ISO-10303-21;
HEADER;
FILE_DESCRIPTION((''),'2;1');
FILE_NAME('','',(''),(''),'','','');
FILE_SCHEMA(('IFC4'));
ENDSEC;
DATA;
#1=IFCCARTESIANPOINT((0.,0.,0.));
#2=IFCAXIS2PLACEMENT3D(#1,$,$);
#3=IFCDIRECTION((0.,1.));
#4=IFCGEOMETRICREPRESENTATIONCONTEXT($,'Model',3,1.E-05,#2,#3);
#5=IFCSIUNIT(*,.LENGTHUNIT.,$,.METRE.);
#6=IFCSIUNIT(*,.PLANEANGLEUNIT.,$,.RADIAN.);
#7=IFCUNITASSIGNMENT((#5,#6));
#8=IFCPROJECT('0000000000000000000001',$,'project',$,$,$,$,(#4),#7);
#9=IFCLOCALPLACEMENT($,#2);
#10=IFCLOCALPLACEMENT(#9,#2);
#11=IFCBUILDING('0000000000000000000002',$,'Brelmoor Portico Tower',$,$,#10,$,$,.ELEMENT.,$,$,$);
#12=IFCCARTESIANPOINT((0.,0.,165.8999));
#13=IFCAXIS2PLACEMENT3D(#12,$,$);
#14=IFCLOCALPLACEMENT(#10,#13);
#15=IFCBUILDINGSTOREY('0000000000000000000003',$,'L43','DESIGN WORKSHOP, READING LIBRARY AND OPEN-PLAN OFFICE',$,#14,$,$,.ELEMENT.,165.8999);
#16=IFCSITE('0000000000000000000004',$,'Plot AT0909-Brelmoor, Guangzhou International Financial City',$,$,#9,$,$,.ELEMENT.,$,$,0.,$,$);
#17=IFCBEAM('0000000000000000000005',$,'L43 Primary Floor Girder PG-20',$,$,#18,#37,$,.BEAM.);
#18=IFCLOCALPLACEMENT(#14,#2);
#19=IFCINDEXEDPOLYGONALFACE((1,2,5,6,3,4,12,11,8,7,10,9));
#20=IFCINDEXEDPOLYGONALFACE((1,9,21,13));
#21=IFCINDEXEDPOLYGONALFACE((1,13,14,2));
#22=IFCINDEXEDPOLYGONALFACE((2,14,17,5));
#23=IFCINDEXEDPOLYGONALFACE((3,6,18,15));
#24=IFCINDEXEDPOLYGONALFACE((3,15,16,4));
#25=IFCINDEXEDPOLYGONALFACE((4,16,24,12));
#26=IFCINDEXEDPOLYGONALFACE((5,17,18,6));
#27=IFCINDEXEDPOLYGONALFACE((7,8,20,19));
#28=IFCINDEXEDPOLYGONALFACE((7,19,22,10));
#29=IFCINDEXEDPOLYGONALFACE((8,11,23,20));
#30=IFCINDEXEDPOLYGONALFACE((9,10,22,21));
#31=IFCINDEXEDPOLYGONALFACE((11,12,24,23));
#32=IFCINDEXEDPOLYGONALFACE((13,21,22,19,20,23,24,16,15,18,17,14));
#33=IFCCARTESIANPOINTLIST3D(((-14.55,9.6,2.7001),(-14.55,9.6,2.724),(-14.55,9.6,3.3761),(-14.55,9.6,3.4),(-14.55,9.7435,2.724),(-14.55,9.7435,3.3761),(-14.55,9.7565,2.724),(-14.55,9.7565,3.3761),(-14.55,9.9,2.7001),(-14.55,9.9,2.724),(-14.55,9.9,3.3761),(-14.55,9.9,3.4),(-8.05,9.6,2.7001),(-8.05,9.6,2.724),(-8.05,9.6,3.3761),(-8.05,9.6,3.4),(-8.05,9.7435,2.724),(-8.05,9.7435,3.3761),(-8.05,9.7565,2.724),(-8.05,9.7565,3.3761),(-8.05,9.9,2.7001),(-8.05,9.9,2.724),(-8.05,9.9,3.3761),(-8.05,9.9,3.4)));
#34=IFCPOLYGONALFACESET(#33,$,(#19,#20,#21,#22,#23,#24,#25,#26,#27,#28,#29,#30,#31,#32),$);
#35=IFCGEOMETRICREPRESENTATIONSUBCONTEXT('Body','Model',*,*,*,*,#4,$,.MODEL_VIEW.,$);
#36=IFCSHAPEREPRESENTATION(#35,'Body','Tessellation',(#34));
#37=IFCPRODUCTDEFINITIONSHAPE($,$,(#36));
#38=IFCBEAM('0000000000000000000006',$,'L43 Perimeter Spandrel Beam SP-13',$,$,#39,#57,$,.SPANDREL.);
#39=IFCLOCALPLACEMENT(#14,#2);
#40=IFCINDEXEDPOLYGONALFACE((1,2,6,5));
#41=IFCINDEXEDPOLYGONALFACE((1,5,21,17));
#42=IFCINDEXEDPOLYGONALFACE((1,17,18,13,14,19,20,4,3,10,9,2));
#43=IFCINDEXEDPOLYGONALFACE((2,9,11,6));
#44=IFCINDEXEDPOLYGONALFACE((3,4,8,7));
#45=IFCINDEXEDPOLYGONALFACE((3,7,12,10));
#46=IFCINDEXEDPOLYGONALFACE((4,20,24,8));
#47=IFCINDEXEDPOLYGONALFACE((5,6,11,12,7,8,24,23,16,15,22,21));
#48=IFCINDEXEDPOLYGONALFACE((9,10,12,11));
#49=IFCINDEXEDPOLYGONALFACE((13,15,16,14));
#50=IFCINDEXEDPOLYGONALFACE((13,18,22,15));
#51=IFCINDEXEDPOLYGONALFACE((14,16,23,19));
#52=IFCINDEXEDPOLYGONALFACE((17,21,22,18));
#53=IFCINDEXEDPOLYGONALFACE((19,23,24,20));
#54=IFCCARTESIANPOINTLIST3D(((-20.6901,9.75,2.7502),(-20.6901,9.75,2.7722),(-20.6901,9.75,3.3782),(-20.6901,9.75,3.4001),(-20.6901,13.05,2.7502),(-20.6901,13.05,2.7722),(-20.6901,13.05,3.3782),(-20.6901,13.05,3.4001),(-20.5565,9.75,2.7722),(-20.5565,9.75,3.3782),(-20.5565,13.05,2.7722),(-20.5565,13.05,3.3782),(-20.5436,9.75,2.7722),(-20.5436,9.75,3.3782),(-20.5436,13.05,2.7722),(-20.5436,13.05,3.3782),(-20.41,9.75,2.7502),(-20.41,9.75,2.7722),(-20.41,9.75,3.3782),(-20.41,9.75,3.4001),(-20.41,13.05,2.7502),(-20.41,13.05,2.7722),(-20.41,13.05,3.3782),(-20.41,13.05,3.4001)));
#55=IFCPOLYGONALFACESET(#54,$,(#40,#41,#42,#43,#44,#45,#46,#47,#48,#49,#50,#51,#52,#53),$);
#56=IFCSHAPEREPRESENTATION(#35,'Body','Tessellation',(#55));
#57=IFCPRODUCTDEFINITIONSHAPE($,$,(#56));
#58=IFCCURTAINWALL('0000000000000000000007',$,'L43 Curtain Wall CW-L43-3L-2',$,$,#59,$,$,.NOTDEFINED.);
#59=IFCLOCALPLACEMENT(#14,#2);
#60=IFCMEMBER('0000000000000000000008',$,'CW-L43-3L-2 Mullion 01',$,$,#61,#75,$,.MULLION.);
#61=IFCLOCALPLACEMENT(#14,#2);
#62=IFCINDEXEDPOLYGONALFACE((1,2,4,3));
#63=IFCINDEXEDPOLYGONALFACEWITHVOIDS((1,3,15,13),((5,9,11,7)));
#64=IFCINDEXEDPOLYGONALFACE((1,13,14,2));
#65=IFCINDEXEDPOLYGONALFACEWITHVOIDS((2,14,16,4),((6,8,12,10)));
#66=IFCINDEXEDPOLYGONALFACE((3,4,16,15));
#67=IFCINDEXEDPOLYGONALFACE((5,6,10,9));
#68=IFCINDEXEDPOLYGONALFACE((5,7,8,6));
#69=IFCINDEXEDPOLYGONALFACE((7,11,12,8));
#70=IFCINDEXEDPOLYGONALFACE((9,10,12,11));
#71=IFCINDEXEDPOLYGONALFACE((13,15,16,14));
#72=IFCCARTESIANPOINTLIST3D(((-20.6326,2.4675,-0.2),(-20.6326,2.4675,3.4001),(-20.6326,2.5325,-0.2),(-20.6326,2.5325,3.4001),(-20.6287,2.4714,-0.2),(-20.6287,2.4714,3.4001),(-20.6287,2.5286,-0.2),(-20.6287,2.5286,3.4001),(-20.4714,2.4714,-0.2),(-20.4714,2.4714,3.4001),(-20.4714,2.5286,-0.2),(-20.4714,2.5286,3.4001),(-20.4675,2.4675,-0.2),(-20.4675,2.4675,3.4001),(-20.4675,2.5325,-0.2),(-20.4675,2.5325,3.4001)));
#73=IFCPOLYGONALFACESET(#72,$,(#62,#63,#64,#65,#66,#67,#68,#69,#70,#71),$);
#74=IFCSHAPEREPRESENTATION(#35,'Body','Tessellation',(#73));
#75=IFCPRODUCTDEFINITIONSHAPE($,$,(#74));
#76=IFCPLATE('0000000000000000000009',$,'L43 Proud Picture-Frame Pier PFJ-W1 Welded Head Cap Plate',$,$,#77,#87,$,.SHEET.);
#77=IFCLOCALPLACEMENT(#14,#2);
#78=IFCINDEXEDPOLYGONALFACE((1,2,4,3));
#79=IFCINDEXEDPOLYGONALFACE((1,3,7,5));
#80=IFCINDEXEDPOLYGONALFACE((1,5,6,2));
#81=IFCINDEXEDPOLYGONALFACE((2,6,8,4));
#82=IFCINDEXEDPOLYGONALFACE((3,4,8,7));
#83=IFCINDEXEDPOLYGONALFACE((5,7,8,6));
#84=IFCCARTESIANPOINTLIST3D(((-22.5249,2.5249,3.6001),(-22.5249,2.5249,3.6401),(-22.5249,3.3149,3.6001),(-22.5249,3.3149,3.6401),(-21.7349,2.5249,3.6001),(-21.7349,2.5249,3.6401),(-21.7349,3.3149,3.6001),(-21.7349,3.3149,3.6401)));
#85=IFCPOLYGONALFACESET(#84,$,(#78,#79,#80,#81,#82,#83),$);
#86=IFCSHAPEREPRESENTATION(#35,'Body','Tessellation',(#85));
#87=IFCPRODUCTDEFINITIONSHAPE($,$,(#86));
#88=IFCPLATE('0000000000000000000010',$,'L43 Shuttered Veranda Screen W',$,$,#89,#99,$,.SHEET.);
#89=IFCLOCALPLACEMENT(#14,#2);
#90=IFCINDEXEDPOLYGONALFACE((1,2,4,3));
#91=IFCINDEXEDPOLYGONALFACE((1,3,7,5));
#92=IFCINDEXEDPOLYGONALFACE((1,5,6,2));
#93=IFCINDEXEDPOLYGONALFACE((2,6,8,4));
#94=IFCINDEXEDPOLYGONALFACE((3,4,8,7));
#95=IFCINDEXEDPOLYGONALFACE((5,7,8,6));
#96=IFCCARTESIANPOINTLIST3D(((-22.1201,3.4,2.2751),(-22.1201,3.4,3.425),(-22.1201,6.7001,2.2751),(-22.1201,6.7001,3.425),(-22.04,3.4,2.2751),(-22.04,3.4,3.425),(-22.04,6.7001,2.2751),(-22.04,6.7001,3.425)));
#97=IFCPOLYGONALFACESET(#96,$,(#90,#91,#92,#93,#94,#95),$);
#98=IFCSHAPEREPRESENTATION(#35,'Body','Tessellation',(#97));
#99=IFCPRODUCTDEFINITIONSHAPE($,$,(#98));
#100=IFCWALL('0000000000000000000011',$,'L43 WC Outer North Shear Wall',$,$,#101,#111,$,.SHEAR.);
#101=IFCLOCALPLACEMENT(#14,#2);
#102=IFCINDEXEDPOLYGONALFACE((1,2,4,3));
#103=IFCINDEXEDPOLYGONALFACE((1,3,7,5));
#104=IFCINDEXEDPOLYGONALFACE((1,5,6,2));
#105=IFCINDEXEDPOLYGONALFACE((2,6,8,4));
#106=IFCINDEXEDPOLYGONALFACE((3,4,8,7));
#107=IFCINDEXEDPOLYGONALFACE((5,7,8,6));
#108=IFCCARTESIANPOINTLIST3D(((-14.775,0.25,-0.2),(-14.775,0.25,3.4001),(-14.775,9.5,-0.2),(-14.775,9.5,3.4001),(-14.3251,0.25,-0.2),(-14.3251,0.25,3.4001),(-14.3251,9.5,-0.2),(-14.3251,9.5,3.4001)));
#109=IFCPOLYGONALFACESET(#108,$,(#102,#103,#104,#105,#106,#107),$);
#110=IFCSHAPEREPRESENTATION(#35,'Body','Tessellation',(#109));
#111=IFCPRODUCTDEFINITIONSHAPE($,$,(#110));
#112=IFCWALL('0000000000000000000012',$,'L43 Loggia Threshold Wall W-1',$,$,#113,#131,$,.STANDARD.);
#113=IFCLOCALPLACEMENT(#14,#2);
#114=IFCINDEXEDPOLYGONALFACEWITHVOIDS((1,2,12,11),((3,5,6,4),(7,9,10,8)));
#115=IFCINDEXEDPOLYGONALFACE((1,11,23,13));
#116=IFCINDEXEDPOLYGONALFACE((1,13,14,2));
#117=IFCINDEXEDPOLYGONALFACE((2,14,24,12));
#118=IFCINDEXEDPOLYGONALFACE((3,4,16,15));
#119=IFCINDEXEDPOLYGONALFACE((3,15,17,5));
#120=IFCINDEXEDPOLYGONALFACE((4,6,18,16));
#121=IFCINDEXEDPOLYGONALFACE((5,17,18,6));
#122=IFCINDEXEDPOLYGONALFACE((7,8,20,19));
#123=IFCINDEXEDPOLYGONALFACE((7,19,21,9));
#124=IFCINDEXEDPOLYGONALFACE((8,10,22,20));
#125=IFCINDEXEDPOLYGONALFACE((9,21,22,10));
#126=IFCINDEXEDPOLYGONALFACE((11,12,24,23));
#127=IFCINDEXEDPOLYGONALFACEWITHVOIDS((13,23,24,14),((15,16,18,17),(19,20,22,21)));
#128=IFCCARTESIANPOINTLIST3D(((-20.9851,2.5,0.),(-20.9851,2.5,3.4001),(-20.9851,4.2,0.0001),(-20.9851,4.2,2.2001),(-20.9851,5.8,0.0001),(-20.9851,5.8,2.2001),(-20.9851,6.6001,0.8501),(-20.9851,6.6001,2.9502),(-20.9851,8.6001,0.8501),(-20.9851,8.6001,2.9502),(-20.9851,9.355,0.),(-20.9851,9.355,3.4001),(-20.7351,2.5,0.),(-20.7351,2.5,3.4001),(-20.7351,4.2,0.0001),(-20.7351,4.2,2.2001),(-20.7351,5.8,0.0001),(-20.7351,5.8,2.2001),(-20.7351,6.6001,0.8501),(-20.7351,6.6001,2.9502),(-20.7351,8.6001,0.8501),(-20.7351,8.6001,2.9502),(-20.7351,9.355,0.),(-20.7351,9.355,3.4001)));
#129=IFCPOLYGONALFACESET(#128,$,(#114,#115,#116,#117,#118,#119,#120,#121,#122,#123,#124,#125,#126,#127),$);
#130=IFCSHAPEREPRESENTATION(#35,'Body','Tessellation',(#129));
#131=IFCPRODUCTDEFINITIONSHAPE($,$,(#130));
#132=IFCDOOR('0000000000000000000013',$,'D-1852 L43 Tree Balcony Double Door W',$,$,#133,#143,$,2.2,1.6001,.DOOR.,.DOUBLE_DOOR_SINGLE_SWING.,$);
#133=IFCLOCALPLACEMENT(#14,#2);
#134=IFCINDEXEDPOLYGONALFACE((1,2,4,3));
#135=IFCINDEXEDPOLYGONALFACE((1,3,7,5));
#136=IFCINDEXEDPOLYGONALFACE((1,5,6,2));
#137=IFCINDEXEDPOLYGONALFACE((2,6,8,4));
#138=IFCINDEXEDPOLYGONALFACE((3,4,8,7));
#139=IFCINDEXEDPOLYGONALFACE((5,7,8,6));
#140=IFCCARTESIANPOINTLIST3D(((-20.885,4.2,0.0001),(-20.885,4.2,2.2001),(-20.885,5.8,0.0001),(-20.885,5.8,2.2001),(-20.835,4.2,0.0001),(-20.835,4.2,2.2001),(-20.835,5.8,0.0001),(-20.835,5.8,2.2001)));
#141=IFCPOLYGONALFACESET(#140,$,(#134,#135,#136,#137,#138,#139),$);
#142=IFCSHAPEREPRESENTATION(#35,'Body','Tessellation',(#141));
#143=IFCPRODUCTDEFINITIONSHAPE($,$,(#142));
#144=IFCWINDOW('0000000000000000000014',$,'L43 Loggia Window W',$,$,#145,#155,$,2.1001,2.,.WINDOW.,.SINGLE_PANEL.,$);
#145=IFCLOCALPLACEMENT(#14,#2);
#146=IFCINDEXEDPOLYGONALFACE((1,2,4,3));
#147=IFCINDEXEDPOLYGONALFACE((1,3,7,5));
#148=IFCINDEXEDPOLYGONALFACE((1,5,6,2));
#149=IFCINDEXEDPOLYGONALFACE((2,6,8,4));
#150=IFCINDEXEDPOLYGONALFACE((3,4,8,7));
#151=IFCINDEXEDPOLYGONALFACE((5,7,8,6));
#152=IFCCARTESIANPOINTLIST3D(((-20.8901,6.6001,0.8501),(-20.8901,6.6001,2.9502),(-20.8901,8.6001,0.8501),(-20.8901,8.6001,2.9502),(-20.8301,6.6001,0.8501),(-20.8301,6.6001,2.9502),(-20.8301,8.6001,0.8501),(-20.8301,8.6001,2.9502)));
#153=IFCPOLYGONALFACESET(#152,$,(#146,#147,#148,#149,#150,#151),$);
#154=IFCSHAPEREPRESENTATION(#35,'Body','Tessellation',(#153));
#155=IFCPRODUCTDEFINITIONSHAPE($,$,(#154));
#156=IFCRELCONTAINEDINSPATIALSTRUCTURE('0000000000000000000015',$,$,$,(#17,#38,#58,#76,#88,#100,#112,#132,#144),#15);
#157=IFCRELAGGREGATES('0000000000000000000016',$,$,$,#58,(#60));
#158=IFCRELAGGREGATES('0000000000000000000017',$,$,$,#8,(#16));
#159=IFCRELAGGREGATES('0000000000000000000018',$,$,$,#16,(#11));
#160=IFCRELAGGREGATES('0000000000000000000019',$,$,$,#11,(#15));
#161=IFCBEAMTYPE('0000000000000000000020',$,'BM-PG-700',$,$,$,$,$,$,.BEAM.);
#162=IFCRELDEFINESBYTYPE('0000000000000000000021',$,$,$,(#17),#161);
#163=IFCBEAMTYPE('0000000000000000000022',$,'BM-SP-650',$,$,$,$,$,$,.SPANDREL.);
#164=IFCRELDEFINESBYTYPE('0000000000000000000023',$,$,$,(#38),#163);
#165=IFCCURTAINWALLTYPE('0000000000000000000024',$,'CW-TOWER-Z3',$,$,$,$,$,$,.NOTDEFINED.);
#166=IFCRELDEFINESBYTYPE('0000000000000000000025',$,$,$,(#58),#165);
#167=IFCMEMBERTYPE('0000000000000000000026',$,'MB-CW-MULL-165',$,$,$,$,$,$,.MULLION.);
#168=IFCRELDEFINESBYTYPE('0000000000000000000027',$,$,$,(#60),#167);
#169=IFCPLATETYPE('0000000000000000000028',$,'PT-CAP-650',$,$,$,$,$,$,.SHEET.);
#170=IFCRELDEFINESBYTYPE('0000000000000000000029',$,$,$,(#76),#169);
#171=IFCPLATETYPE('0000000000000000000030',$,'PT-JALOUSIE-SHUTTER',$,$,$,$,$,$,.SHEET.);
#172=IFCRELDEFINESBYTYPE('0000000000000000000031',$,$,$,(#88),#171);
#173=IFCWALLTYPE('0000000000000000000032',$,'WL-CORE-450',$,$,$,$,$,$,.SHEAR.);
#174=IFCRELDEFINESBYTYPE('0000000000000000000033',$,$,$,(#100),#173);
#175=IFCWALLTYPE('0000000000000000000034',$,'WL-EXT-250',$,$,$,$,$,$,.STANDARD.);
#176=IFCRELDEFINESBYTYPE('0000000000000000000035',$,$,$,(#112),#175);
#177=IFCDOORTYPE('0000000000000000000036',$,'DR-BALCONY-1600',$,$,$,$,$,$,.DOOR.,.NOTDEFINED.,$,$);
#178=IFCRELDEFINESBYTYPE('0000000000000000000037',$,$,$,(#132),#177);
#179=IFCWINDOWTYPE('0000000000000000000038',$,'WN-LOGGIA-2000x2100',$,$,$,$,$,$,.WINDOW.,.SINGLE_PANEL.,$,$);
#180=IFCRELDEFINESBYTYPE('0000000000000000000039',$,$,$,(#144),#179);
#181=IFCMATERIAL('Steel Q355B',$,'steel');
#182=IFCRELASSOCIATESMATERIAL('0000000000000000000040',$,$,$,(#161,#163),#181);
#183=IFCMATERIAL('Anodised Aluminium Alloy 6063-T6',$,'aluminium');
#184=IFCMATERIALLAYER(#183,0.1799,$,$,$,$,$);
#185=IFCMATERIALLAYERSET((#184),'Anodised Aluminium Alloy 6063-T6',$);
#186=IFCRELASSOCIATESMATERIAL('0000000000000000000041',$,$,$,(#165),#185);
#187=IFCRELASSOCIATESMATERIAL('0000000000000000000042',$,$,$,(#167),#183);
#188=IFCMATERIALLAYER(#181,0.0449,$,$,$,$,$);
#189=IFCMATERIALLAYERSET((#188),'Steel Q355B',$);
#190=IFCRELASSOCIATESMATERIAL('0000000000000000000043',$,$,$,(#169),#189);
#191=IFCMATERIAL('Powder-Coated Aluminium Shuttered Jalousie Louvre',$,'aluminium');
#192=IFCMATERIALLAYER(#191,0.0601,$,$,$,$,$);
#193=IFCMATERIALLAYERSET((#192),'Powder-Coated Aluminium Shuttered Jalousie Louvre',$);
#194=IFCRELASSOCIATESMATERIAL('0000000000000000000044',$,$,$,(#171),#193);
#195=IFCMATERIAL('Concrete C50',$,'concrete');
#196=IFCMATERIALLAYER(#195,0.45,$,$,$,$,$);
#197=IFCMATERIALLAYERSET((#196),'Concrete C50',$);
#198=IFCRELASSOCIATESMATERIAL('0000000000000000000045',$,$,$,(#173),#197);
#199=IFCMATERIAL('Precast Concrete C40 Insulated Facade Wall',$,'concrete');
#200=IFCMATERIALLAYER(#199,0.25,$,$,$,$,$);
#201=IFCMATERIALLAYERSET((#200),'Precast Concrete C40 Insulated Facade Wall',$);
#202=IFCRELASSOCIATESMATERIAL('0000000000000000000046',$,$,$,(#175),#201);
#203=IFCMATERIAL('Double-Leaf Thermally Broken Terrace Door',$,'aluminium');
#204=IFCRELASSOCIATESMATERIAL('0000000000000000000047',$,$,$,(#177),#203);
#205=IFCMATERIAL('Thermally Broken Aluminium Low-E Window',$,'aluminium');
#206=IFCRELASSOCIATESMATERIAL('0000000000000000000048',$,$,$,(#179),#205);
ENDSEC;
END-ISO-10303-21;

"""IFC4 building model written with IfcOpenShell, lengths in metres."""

from ifc_helpers import new_model, si_unit, direction, frame, frame_2d, origin, origin_2d, place, context, subcontext, project, spatial, rectangle, hollow_rectangle, i_section, extrude, material, layer, layer_set, material_profile, profile_set, type_object, element, fill, aggregate, save


model = new_model("IFC4")

# Units and contexts
model_context = context("Model", 3, precision=1e-05, world=origin(), true_north=direction((0.0, 1.0)))
body_context = subcontext(model_context, "Body", "Model", "MODEL_VIEW")
ifc_project = project(units=[si_unit("LENGTHUNIT", "METRE"), si_unit("PLANEANGLEUNIT", "RADIAN")], contexts=[model_context])

# Site, building, storey
site_placement = place(None, origin())
site = spatial("IfcSite", under=ifc_project, at=site_placement, Name="Plot AT0909-Brelmoor, Guangzhou International Financial City", CompositionType="ELEMENT", RefElevation=0.0)
building_placement = place(site_placement, origin())
building = spatial("IfcBuilding", under=site, at=building_placement, Name="Brelmoor Portico Tower", CompositionType="ELEMENT")
storey_placement = place(building_placement, frame((0.0, 0.0, 165.8999)))
storey = spatial("IfcBuildingStorey", under=building, at=storey_placement, Name="L43", Description="DESIGN WORKSHOP, READING LIBRARY AND OPEN-PLAN OFFICE", CompositionType="ELEMENT", Elevation=165.8999)

# Shared definitions
ifc_material_1 = material(Name="Steel Q355B", Category="steel")

# Beams
ifc_material_profile_1 = material_profile(ifc_material_1, i_section(OverallWidth=0.3, OverallDepth=0.7, WebThickness=0.0129, FlangeThickness=0.0239, at=origin_2d()), Name="HN 700x300x13x24")
ifc_profile_set_1 = profile_set([ifc_material_profile_1], Name="Steel Q355B")
beam_type_1 = type_object("IfcBeamType", Name="BM-PG-700", PredefinedType="BEAM", material=ifc_profile_set_1)
beam_1_placement = place(storey_placement, frame((-14.55, 9.75, 3.05), z_axis=(1.0, 0.0, 0.0), x_axis=(0.0, 1.0, 0.0)))
element("IfcBeam", 1, at=beam_1_placement, inside=storey, type_object=beam_type_1, Name="L43 Primary Floor Girder PG-20", PredefinedType="BEAM", context=body_context, shape_type="SweptSolid", body=[
    extrude(i_section(OverallWidth=0.3, OverallDepth=0.7, WebThickness=0.0129, FlangeThickness=0.0239, at=origin_2d()), origin(), (0.0, 0.0, 1.0), 6.5),
])
ifc_material_profile_2 = material_profile(ifc_material_1, i_section(OverallWidth=0.28, OverallDepth=0.6499, WebThickness=0.0129, FlangeThickness=0.022, at=origin_2d()), Name="HN 650x280x13x22")
ifc_profile_set_2 = profile_set([ifc_material_profile_2], Name="Steel Q355B")
beam_type_2 = type_object("IfcBeamType", Name="BM-SP-650", PredefinedType="SPANDREL", material=ifc_profile_set_2)
beam_2_placement = place(storey_placement, frame((-20.55, 9.75, 3.0752), z_axis=(0.0, 1.0, 0.0), x_axis=(-1.0, 0.0, 0.0)))
element("IfcBeam", 2, at=beam_2_placement, inside=storey, type_object=beam_type_2, Name="L43 Perimeter Spandrel Beam SP-13", PredefinedType="SPANDREL", context=body_context, shape_type="SweptSolid", body=[
    extrude(i_section(OverallWidth=0.28, OverallDepth=0.6499, WebThickness=0.0129, FlangeThickness=0.022, at=origin_2d()), origin(), (0.0, 0.0, 1.0), 3.3),
])

# Curtain wall, member
ifc_material_2 = material(Name="Anodised Aluminium Alloy 6063-T6", Category="aluminium")
ifc_layer_1 = layer(ifc_material_2, 0.1799)
ifc_layer_set_1 = layer_set([ifc_layer_1], Name="Anodised Aluminium Alloy 6063-T6")
curtain_wall_type = type_object("IfcCurtainWallType", Name="CW-TOWER-Z3", PredefinedType="NOTDEFINED", material=ifc_layer_set_1)
curtain_wall_placement = place(storey_placement, origin())
curtain_wall = element("IfcCurtainWall", 3, at=curtain_wall_placement, inside=storey, type_object=curtain_wall_type, Name="L43 Curtain Wall CW-L43-3L-2", PredefinedType="NOTDEFINED")
ifc_material_profile_3 = material_profile(ifc_material_2, hollow_rectangle(XDim=0.0649, YDim=0.165, WallThickness=0.0039, at=origin_2d()), Name="ALU MULLION 65x165")
ifc_profile_set_3 = profile_set([ifc_material_profile_3], Name="Anodised Aluminium Alloy 6063-T6")
member_type = type_object("IfcMemberType", Name="MB-CW-MULL-165", PredefinedType="MULLION", material=ifc_profile_set_3)
member_placement = place(storey_placement, frame((-20.55, 2.5, -0.2), z_axis=(0.0, 0.0, 1.0), x_axis=(0.0, 1.0, 0.0)))
member = element("IfcMember", 4, at=member_placement, type_object=member_type, Name="CW-L43-3L-2 Mullion 01", PredefinedType="MULLION", context=body_context, shape_type="SweptSolid", body=[
    extrude(hollow_rectangle(XDim=0.0649, YDim=0.165, WallThickness=0.0039, at=origin_2d()), origin(), (0.0, 0.0, 1.0), 3.6001),
])
aggregate(curtain_wall, [member])

# Plates
ifc_layer_2 = layer(ifc_material_1, 0.0449)
ifc_layer_set_2 = layer_set([ifc_layer_2], Name="Steel Q355B")
plate_type_1 = type_object("IfcPlateType", Name="PT-CAP-650", PredefinedType="SHEET", material=ifc_layer_set_2)
plate_1_placement = place(storey_placement, frame((-22.1299, 2.9199, 3.6001), z_axis=(0.0, 0.0, 1.0), x_axis=(0.0, 1.0, 0.0)))
element("IfcPlate", 5, at=plate_1_placement, inside=storey, type_object=plate_type_1, Name="L43 Proud Picture-Frame Pier PFJ-W1 Welded Head Cap Plate", PredefinedType="SHEET", context=body_context, shape_type="SweptSolid", body=[
    extrude(rectangle(XDim=0.79, YDim=0.79, at=origin_2d()), origin(), (0.0, 0.0, 1.0), 0.04),
])
ifc_material_3 = material(Name="Powder-Coated Aluminium Shuttered Jalousie Louvre", Category="aluminium")
ifc_layer_3 = layer(ifc_material_3, 0.0601)
ifc_layer_set_3 = layer_set([ifc_layer_3], Name="Powder-Coated Aluminium Shuttered Jalousie Louvre")
plate_type_2 = type_object("IfcPlateType", Name="PT-JALOUSIE-SHUTTER", PredefinedType="SHEET", material=ifc_layer_set_3)
plate_2_placement = place(storey_placement, frame((-22.0801, 5.05, 2.2751), z_axis=(0.0, 0.0, 1.0), x_axis=(0.0, 1.0, 0.0)))
element("IfcPlate", 6, at=plate_2_placement, inside=storey, type_object=plate_type_2, Name="L43 Shuttered Veranda Screen W", PredefinedType="SHEET", context=body_context, shape_type="SweptSolid", body=[
    extrude(rectangle(XDim=3.3, YDim=0.0801, at=origin_2d()), origin(), (0.0, 0.0, 1.0), 1.1499),
])

# Wall
ifc_material_4 = material(Name="Concrete C50", Category="concrete")
ifc_layer_4 = layer(ifc_material_4, 0.45)
ifc_layer_set_4 = layer_set([ifc_layer_4], Name="Concrete C50")
wall_type_1 = type_object("IfcWallType", Name="WL-CORE-450", PredefinedType="SHEAR", material=ifc_layer_set_4)
wall_1_placement = place(storey_placement, frame((-14.55, 0.25, -0.2), z_axis=(0.0, 0.0, 1.0), x_axis=(0.0, 1.0, 0.0)))
element("IfcWall", 7, at=wall_1_placement, inside=storey, type_object=wall_type_1, Name="L43 WC Outer North Shear Wall", PredefinedType="SHEAR", context=body_context, shape_type="SweptSolid", body=[
    extrude(rectangle(XDim=9.25, YDim=0.45, at=frame_2d((4.625, 0.0))), origin(), (0.0, 0.0, 1.0), 3.6001),
])

# Wall, openings, door, window
ifc_material_5 = material(Name="Precast Concrete C40 Insulated Facade Wall", Category="concrete")
ifc_layer_5 = layer(ifc_material_5, 0.25)
ifc_layer_set_5 = layer_set([ifc_layer_5], Name="Precast Concrete C40 Insulated Facade Wall")
wall_type_2 = type_object("IfcWallType", Name="WL-EXT-250", PredefinedType="STANDARD", material=ifc_layer_set_5)
wall_2_placement = place(storey_placement, frame((-20.8601, 2.5, 0.0), z_axis=(0.0, 0.0, 1.0), x_axis=(0.0, 1.0, 0.0)))
wall_2 = element("IfcWall", 8, at=wall_2_placement, inside=storey, type_object=wall_type_2, Name="L43 Loggia Threshold Wall W-1", PredefinedType="STANDARD", context=body_context, shape_type="SweptSolid", body=[
    extrude(rectangle(XDim=6.855, YDim=0.25, at=frame_2d((3.4275, 0.0))), origin(), (0.0, 0.0, 1.0), 3.4001),
])
opening_1_placement = place(wall_2_placement, frame((1.7, 0.0, 0.0)))
opening_1 = element("IfcOpeningElement", 9, at=opening_1_placement, cuts=wall_2, PredefinedType="OPENING", context=body_context, shape_type="SweptSolid", body=[
    extrude(rectangle(XDim=1.6001, YDim=2.2, at=frame_2d((0.8, 1.1001))), frame((0.0, 0.135, 0.0), z_axis=(0.0, -1.0, 0.0), x_axis=(1.0, 0.0, 0.0)), (0.0, 0.0, 1.0), 0.27),
])
opening_2_placement = place(wall_2_placement, frame((4.1001, 0.0, 0.8501)))
opening_2 = element("IfcOpeningElement", 10, at=opening_2_placement, cuts=wall_2, PredefinedType="OPENING", context=body_context, shape_type="SweptSolid", body=[
    extrude(rectangle(XDim=2.0, YDim=2.1001, at=frame_2d((1.0, 1.05))), frame((0.0, 0.135, 0.0), z_axis=(0.0, -1.0, 0.0), x_axis=(1.0, 0.0, 0.0)), (0.0, 0.0, 1.0), 0.27),
])
ifc_material_6 = material(Name="Double-Leaf Thermally Broken Terrace Door", Category="aluminium")
door_type = type_object("IfcDoorType", Name="DR-BALCONY-1600", OperationType="NOTDEFINED", PredefinedType="DOOR", material=ifc_material_6)
door_placement = place(opening_1_placement, origin())
door = element("IfcDoor", 11, at=door_placement, inside=storey, type_object=door_type, Name="D-1852 L43 Tree Balcony Double Door W", OperationType="DOUBLE_DOOR_SINGLE_SWING", OverallHeight=2.2, OverallWidth=1.6001, PredefinedType="DOOR", context=body_context, shape_type="SweptSolid", body=[
    extrude(rectangle(XDim=1.6001, YDim=2.2, at=frame_2d((0.8, 1.1001))), frame((0.0, 0.0249, 0.0), z_axis=(0.0, -1.0, 0.0), x_axis=(1.0, 0.0, 0.0)), (0.0, 0.0, 1.0), 0.05),
])
fill(opening_1, door)
ifc_material_7 = material(Name="Thermally Broken Aluminium Low-E Window", Category="aluminium")
window_type = type_object("IfcWindowType", Name="WN-LOGGIA-2000x2100", PartitioningType="SINGLE_PANEL", PredefinedType="WINDOW", material=ifc_material_7)
window_placement = place(opening_2_placement, origin())
window = element("IfcWindow", 12, at=window_placement, inside=storey, type_object=window_type, Name="L43 Loggia Window W", OverallHeight=2.1001, OverallWidth=2.0, PartitioningType="SINGLE_PANEL", PredefinedType="WINDOW", context=body_context, shape_type="SweptSolid", body=[
    extrude(rectangle(XDim=2.0, YDim=2.1001, at=frame_2d((1.0, 1.05))), frame((0.0, 0.03, 0.0), z_axis=(0.0, -1.0, 0.0), x_axis=(1.0, 0.0, 0.0)), (0.0, 0.0, 1.0), 0.0601),
])
fill(opening_2, window)

save(model, "model.ifc")
